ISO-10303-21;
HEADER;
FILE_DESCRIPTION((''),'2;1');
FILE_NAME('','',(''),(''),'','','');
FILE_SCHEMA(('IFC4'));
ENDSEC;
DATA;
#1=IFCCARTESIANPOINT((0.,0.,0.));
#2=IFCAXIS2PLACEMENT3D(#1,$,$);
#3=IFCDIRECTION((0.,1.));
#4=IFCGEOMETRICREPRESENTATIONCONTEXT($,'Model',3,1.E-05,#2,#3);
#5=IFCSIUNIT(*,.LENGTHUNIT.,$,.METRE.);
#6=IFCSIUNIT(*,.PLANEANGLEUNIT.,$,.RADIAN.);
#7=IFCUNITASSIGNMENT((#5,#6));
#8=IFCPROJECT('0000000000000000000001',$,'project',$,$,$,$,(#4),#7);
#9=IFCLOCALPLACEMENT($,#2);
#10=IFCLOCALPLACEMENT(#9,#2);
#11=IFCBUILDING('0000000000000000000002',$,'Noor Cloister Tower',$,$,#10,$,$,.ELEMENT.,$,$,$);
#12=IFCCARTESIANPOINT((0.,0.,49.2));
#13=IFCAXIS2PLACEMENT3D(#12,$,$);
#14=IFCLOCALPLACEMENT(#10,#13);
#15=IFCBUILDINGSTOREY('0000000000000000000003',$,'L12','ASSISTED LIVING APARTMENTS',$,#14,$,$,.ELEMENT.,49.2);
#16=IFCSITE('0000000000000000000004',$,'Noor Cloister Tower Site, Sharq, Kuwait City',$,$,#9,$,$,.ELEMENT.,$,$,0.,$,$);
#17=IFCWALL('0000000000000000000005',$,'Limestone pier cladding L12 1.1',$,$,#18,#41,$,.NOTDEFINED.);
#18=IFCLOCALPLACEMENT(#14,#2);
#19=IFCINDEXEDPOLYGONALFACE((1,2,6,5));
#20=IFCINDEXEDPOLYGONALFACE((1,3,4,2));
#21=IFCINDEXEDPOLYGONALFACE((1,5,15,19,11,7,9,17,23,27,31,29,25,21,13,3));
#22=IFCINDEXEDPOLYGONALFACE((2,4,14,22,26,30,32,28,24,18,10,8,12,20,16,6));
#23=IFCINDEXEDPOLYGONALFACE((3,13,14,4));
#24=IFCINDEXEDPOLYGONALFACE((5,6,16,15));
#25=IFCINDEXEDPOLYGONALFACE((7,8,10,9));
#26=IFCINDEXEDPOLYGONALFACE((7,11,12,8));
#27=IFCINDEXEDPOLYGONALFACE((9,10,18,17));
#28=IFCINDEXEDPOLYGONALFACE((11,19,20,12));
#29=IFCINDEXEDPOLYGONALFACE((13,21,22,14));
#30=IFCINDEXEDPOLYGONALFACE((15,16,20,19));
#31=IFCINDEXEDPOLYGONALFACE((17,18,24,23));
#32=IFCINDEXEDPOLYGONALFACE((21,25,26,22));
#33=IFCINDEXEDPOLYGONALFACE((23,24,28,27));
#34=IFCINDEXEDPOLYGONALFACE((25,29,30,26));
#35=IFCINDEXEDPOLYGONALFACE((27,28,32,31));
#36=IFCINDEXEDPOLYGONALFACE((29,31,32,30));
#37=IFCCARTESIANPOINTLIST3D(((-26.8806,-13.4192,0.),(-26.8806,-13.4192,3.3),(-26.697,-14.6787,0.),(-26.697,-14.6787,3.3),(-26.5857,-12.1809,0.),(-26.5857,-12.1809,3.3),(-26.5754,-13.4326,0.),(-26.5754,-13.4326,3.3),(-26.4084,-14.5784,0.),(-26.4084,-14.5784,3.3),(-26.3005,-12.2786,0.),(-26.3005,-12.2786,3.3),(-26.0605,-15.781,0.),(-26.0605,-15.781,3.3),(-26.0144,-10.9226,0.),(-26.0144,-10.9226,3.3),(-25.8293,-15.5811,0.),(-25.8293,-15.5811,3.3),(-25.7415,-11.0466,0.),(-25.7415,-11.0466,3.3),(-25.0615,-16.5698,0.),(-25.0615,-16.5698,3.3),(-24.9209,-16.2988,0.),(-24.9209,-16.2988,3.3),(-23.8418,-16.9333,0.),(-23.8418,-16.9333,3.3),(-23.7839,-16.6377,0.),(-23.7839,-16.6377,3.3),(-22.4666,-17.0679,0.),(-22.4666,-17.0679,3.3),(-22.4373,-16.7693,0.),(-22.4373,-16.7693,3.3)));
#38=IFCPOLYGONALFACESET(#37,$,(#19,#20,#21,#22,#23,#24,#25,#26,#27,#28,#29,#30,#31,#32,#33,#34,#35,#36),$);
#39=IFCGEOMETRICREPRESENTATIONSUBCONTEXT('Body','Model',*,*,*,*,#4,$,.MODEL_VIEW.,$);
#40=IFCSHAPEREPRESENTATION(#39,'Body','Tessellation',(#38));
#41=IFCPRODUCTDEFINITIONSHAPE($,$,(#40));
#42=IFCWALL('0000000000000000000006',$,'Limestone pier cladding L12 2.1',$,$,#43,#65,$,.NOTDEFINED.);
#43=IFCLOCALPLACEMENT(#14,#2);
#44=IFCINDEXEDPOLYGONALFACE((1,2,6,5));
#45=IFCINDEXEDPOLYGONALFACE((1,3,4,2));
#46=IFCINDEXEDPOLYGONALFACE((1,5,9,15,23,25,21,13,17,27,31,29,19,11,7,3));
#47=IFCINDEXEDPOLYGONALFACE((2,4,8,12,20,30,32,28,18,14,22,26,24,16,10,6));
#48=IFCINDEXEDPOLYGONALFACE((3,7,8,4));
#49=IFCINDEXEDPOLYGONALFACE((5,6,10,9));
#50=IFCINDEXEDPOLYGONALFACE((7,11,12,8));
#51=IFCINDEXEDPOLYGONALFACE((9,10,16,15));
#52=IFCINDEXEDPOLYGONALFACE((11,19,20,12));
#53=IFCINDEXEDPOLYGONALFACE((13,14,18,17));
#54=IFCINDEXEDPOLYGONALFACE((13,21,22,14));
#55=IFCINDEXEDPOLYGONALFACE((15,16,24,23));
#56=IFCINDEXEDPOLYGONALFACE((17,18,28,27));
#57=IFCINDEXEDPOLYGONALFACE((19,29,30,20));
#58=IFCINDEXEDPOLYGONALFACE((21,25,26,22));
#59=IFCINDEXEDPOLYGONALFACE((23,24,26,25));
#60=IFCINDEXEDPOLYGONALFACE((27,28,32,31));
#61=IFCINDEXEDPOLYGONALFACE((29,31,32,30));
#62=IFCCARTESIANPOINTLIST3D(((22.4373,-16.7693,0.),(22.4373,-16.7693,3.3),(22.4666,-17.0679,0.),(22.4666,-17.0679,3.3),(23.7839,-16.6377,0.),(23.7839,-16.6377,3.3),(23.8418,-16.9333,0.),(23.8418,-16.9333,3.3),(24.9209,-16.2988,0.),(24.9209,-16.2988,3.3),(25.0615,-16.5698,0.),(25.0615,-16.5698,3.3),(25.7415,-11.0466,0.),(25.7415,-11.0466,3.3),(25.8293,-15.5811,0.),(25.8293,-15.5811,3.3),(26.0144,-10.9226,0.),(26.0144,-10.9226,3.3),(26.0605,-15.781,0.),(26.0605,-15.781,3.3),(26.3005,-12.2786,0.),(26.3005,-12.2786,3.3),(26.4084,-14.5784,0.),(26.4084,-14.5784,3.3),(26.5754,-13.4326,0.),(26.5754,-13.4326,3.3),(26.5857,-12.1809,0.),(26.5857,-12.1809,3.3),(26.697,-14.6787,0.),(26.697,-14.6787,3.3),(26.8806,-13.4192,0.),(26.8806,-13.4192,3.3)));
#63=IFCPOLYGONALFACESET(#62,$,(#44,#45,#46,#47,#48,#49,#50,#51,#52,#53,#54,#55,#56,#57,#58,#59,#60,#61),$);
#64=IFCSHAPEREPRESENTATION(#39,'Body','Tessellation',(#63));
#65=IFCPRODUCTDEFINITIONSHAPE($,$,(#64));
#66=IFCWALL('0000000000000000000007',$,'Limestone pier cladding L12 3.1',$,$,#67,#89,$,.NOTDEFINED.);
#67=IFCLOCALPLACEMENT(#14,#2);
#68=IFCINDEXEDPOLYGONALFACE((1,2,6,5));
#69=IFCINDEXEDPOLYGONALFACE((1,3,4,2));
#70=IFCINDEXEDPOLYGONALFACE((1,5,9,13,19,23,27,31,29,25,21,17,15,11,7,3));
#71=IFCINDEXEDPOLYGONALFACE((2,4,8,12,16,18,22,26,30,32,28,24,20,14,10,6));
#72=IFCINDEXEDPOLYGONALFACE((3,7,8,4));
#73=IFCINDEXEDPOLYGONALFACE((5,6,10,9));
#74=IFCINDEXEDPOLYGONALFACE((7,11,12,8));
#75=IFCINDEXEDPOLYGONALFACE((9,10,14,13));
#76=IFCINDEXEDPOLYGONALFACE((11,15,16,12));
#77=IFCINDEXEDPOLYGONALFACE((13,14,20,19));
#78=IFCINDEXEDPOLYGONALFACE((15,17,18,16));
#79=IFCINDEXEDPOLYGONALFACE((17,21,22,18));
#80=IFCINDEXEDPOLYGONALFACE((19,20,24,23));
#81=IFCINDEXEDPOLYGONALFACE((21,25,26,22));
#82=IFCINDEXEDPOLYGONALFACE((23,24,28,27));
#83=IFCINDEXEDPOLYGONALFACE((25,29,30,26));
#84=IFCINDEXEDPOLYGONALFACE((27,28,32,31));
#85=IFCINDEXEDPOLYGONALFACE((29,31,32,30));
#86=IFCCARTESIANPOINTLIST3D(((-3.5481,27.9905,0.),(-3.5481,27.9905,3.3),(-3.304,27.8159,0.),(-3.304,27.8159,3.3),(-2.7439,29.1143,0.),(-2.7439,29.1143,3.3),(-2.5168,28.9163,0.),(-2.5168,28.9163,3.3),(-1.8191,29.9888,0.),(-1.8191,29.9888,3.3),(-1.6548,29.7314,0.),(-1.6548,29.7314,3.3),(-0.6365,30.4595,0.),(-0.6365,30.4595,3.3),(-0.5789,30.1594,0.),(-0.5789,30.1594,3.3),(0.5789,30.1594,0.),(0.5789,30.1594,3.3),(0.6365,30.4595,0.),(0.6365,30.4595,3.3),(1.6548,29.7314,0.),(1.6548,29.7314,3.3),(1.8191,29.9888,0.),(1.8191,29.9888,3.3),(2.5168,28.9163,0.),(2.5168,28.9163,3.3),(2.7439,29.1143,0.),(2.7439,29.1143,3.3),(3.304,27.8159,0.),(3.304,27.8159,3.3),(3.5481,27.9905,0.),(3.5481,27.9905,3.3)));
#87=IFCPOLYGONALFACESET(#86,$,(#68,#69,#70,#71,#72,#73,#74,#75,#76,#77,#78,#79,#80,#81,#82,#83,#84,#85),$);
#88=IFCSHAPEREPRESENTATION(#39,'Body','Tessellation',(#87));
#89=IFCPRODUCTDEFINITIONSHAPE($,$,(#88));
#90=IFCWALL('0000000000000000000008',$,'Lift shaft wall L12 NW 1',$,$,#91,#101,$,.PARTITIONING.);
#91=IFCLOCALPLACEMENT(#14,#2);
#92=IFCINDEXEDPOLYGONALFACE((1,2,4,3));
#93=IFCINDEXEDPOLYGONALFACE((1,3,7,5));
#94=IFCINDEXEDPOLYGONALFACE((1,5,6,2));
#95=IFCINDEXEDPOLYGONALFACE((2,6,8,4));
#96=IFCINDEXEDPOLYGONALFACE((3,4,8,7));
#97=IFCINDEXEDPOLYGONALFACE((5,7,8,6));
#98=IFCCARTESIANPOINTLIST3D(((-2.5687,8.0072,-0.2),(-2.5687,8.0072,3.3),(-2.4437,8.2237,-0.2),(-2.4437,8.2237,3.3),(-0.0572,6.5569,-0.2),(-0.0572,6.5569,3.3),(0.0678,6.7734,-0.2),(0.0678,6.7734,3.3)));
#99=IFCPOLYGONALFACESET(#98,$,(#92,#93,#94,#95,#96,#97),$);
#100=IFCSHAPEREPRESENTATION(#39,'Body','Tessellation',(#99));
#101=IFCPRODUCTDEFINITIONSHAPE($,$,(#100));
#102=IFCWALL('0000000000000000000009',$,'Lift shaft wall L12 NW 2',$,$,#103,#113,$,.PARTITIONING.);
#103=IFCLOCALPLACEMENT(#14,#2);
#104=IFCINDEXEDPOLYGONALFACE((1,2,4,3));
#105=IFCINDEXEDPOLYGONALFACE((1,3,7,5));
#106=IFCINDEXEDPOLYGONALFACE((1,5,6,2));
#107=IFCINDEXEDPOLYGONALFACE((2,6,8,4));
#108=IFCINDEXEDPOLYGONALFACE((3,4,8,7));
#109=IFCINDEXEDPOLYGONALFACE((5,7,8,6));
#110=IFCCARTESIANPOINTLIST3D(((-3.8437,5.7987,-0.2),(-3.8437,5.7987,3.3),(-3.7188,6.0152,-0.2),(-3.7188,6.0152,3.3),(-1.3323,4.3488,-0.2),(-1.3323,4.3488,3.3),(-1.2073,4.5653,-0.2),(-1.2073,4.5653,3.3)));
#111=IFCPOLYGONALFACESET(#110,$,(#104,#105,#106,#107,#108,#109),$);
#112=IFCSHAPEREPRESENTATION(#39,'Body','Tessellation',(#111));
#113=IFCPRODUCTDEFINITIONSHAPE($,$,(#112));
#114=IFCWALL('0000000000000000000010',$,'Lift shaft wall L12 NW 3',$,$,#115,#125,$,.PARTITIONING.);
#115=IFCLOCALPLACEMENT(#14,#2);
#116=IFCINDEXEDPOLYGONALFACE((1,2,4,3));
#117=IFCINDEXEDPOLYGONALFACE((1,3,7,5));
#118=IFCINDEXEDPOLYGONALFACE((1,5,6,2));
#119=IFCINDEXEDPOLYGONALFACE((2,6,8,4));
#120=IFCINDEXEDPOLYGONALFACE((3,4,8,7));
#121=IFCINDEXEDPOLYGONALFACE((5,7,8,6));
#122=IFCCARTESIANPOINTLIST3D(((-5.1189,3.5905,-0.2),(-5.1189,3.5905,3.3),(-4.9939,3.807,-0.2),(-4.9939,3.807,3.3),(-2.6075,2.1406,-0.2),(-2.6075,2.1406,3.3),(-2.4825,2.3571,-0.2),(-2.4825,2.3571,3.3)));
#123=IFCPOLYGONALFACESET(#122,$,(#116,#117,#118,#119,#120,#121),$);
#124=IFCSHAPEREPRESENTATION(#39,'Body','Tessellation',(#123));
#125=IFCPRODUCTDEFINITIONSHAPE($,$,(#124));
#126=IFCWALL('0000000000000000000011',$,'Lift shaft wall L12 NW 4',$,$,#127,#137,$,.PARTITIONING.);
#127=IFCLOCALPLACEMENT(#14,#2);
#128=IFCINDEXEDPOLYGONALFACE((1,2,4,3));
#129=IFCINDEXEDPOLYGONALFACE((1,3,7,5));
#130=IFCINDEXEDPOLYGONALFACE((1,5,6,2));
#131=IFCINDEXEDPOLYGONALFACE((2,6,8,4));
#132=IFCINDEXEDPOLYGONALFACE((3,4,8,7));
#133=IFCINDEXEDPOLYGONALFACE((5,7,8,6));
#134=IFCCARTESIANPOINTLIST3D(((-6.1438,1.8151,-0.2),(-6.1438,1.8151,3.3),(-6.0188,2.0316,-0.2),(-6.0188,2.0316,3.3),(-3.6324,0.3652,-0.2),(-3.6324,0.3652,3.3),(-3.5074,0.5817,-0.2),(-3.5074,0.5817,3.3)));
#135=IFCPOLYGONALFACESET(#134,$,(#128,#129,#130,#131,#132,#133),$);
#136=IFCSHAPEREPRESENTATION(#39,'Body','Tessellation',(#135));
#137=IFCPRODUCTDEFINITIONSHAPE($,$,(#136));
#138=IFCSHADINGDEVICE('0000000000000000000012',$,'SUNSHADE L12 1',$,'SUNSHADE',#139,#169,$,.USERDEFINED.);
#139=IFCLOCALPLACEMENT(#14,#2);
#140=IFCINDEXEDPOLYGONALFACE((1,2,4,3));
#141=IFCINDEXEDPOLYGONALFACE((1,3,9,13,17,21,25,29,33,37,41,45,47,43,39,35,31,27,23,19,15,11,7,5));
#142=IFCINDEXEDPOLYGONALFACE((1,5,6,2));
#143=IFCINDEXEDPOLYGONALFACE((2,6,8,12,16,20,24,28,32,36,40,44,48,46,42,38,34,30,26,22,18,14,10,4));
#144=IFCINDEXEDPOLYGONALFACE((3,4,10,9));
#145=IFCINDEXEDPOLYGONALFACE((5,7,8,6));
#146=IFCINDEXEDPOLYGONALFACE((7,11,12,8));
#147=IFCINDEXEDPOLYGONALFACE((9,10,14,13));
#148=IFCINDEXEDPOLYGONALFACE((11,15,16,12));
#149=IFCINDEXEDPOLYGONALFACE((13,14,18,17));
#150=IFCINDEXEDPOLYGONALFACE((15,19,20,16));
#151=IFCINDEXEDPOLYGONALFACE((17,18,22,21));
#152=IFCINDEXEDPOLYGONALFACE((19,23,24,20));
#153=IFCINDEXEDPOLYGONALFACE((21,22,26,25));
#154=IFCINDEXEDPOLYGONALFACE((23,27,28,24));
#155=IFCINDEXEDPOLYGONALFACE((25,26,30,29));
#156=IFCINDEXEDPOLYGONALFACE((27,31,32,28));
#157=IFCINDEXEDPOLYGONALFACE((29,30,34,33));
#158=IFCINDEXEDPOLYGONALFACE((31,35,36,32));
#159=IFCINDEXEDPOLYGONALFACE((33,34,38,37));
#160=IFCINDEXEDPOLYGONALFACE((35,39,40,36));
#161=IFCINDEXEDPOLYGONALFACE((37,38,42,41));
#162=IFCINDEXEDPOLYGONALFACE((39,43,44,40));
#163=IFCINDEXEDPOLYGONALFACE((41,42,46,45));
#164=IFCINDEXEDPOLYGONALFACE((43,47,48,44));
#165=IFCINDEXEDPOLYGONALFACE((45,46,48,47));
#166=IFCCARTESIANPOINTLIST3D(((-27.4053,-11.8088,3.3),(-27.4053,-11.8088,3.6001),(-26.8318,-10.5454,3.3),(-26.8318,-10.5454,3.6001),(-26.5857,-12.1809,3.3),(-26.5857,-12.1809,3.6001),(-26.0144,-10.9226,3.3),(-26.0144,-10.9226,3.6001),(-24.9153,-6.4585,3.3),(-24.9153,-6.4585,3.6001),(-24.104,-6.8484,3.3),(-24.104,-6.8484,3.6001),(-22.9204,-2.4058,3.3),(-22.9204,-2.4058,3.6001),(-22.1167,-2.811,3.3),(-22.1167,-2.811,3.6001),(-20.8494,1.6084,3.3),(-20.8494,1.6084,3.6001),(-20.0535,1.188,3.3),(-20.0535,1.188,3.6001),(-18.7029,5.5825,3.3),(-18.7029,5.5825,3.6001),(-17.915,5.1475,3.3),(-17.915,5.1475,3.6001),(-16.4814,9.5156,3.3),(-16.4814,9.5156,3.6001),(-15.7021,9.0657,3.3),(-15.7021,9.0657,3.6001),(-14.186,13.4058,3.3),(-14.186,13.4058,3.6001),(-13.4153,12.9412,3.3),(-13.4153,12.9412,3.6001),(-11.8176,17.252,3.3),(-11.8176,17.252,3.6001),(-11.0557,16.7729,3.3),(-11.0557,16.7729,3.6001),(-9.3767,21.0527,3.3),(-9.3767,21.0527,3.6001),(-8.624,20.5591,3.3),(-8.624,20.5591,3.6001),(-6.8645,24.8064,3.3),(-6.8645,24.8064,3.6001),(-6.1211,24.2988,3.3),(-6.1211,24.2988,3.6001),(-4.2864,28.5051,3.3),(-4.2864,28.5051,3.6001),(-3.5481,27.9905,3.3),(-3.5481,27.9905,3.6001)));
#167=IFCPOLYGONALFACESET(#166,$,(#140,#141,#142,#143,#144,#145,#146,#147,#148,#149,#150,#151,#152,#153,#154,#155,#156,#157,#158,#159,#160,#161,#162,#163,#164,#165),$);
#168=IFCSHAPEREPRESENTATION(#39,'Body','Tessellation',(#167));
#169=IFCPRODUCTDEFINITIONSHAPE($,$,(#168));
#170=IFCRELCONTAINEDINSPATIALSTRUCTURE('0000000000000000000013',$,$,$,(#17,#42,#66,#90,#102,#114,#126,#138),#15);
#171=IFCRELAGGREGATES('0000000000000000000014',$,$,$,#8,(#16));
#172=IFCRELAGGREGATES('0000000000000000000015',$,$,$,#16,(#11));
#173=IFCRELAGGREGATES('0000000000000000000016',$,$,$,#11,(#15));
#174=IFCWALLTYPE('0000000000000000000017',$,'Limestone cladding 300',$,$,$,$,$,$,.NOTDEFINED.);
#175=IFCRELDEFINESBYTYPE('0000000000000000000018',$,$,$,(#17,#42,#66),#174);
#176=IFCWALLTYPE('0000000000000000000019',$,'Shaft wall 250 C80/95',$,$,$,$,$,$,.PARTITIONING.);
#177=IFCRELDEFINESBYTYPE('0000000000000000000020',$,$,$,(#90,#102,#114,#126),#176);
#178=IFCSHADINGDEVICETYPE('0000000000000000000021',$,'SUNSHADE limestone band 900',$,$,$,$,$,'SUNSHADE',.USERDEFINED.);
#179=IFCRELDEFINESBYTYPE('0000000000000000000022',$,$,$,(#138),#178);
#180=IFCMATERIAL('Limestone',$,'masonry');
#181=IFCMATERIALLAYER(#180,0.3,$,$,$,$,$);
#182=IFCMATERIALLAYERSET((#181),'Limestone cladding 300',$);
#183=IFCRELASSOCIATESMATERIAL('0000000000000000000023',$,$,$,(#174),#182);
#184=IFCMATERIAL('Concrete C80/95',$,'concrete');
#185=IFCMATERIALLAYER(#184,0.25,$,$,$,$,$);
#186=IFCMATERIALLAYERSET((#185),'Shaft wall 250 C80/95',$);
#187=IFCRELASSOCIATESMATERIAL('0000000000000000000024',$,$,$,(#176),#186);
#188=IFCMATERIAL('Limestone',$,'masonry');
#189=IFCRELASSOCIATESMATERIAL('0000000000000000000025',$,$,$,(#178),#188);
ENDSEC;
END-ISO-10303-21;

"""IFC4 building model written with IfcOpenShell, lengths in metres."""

from ifc_helpers import new_model, si_unit, direction, frame, frame_2d, origin, place, context, subcontext, project, spatial, polyline, rectangle, outline, extrude, material, layer, layer_set, type_object, element, save


model = new_model("IFC4")

# Units and contexts
model_context = context("Model", 3, precision=1e-05, world=origin(), true_north=direction((0.0, 1.0)))
body_context = subcontext(model_context, "Body", "Model", "MODEL_VIEW")
ifc_project = project(units=[si_unit("LENGTHUNIT", "METRE"), si_unit("PLANEANGLEUNIT", "RADIAN")], contexts=[model_context])

# Site, building, storey
site_placement = place(None, origin())
site = spatial("IfcSite", under=ifc_project, at=site_placement, Name="Noor Cloister Tower Site, Sharq, Kuwait City", CompositionType="ELEMENT", RefElevation=0.0)
building_placement = place(site_placement, origin())
building = spatial("IfcBuilding", under=site, at=building_placement, Name="Noor Cloister Tower", CompositionType="ELEMENT")
storey_placement = place(building_placement, frame((0.0, 0.0, 49.2)))
storey = spatial("IfcBuildingStorey", under=building, at=storey_placement, Name="L12", Description="ASSISTED LIVING APARTMENTS", CompositionType="ELEMENT", Elevation=49.2)

# Walls
ifc_material_1 = material(Name="Limestone", Category="masonry")
ifc_layer_1 = layer(ifc_material_1, 0.3)
ifc_layer_set_1 = layer_set([ifc_layer_1], Name="Limestone cladding 300")
wall_type_1 = type_object("IfcWallType", Name="Limestone cladding 300", PredefinedType="NOTDEFINED", material=ifc_layer_set_1)
wall_1_placement = place(storey_placement, origin())
element("IfcWall", 1, at=wall_1_placement, inside=storey, type_object=wall_type_1, Name="Limestone pier cladding L12 1.1", PredefinedType="NOTDEFINED", context=body_context, shape_type="SweptSolid", body=[
    extrude(outline(polyline([(-26.0144, -10.9226), (-26.5857, -12.1809), (-26.8806, -13.4192), (-26.697, -14.6787), (-26.0605, -15.781), (-25.0615, -16.5698), (-23.8418, -16.9333), (-22.4666, -17.0679), (-22.4373, -16.7693), (-23.7839, -16.6377), (-24.9209, -16.2988), (-25.8293, -15.5811), (-26.4084, -14.5784), (-26.5754, -13.4326), (-26.3005, -12.2786), (-25.7415, -11.0466), (-26.0144, -10.9226)])), origin(), (0.0, 0.0, 1.0), 3.3),
])
wall_2_placement = place(storey_placement, origin())
element("IfcWall", 2, at=wall_2_placement, inside=storey, type_object=wall_type_1, Name="Limestone pier cladding L12 2.1", PredefinedType="NOTDEFINED", context=body_context, shape_type="SweptSolid", body=[
    extrude(outline(polyline([(22.4666, -17.0679), (23.8418, -16.9333), (25.0615, -16.5698), (26.0605, -15.781), (26.697, -14.6787), (26.8806, -13.4192), (26.5857, -12.1809), (26.0144, -10.9226), (25.7415, -11.0466), (26.3005, -12.2786), (26.5754, -13.4326), (26.4084, -14.5784), (25.8293, -15.5811), (24.9209, -16.2988), (23.7839, -16.6377), (22.4373, -16.7693), (22.4666, -17.0679)])), origin(), (0.0, 0.0, 1.0), 3.3),
])
wall_3_placement = place(storey_placement, origin())
element("IfcWall", 3, at=wall_3_placement, inside=storey, type_object=wall_type_1, Name="Limestone pier cladding L12 3.1", PredefinedType="NOTDEFINED", context=body_context, shape_type="SweptSolid", body=[
    extrude(outline(polyline([(3.5481, 27.9905), (2.7439, 29.1143), (1.8191, 29.9888), (0.6365, 30.4595), (-0.6365, 30.4595), (-1.8191, 29.9888), (-2.7439, 29.1143), (-3.5481, 27.9905), (-3.304, 27.8159), (-2.5168, 28.9163), (-1.6548, 29.7314), (-0.5789, 30.1594), (0.5789, 30.1594), (1.6548, 29.7314), (2.5168, 28.9163), (3.304, 27.8159), (3.5481, 27.9905)])), origin(), (0.0, 0.0, 1.0), 3.3),
])
ifc_material_2 = material(Name="Concrete C80/95", Category="concrete")
ifc_layer_2 = layer(ifc_material_2, 0.25)
ifc_layer_set_2 = layer_set([ifc_layer_2], Name="Shaft wall 250 C80/95")
wall_type_2 = type_object("IfcWallType", Name="Shaft wall 250 C80/95", PredefinedType="PARTITIONING", material=ifc_layer_set_2)
wall_4_placement = place(storey_placement, frame((-2.5063, 8.1155, -0.2), z_axis=(0.0, 0.0, 1.0), x_axis=(0.865996, -0.50005, 0.0)))
element("IfcWall", 4, at=wall_4_placement, inside=storey, type_object=wall_type_2, Name="Lift shaft wall L12 NW 1", PredefinedType="PARTITIONING", context=body_context, shape_type="SweptSolid", body=[
    extrude(rectangle(XDim=2.9001, YDim=0.25, at=frame_2d((1.4502, 0.0))), origin(), (0.0, 0.0, 1.0), 3.5),
])
for number, where, z_axis, x_axis, name in (
    (5, (-3.7812, 5.907, -0.2), (0.0, 0.0, 1.0), (0.866033, -0.499987, 0.0), "Lift shaft wall L12 NW 2"),
    (6, (-5.0564, 3.6987, -0.2), (0.0, 0.0, 1.0), (0.866033, -0.499987, 0.0), "Lift shaft wall L12 NW 3"),
    (7, (-6.0813, 1.9233, -0.2), (0.0, 0.0, 1.0), (0.866033, -0.499987, 0.0), "Lift shaft wall L12 NW 4"),
):
    element("IfcWall", number, at=place(storey_placement, frame(where, z_axis=z_axis, x_axis=x_axis)), inside=storey, type_object=wall_type_2, Name=name, PredefinedType="PARTITIONING", context=body_context, shape_type="SweptSolid", body=[
        extrude(rectangle(XDim=2.8999, YDim=0.25, at=frame_2d((1.45, 0.0))), origin(), (0.0, 0.0, 1.0), 3.5),
    ])

# Shading device
ifc_material_3 = material(Name="Limestone", Category="masonry")
shading_device_type = type_object("IfcShadingDeviceType", Name="SUNSHADE limestone band 900", ElementType="SUNSHADE", PredefinedType="USERDEFINED", material=ifc_material_3)
shading_device_1_placement = place(storey_placement, frame((0.0, 0.0, 3.3)))
element("IfcShadingDevice", 8, at=shading_device_1_placement, inside=storey, type_object=shading_device_type, Name="SUNSHADE L12 1", ObjectType="SUNSHADE", PredefinedType="USERDEFINED", context=body_context, shape_type="SweptSolid", body=[
    extrude(outline(polyline([(-4.2864, 28.5051), (-6.8645, 24.8064), (-9.3767, 21.0527), (-11.8176, 17.252), (-14.186, 13.4058), (-16.4814, 9.5156), (-18.7029, 5.5825), (-20.8494, 1.6084), (-22.9204, -2.4058), (-24.9153, -6.4585), (-26.8318, -10.5454), (-27.4053, -11.8088), (-26.5857, -12.1809), (-26.0144, -10.9226), (-24.104, -6.8484), (-22.1167, -2.811), (-20.0535, 1.188), (-17.915, 5.1475), (-15.7021, 9.0657), (-13.4153, 12.9412), (-11.0557, 16.7729), (-8.624, 20.5591), (-6.1211, 24.2988), (-3.5481, 27.9905), (-4.2864, 28.5051)])), origin(), (0.0, 0.0, 1.0), 0.3),
])

save(model, "model.ifc")
